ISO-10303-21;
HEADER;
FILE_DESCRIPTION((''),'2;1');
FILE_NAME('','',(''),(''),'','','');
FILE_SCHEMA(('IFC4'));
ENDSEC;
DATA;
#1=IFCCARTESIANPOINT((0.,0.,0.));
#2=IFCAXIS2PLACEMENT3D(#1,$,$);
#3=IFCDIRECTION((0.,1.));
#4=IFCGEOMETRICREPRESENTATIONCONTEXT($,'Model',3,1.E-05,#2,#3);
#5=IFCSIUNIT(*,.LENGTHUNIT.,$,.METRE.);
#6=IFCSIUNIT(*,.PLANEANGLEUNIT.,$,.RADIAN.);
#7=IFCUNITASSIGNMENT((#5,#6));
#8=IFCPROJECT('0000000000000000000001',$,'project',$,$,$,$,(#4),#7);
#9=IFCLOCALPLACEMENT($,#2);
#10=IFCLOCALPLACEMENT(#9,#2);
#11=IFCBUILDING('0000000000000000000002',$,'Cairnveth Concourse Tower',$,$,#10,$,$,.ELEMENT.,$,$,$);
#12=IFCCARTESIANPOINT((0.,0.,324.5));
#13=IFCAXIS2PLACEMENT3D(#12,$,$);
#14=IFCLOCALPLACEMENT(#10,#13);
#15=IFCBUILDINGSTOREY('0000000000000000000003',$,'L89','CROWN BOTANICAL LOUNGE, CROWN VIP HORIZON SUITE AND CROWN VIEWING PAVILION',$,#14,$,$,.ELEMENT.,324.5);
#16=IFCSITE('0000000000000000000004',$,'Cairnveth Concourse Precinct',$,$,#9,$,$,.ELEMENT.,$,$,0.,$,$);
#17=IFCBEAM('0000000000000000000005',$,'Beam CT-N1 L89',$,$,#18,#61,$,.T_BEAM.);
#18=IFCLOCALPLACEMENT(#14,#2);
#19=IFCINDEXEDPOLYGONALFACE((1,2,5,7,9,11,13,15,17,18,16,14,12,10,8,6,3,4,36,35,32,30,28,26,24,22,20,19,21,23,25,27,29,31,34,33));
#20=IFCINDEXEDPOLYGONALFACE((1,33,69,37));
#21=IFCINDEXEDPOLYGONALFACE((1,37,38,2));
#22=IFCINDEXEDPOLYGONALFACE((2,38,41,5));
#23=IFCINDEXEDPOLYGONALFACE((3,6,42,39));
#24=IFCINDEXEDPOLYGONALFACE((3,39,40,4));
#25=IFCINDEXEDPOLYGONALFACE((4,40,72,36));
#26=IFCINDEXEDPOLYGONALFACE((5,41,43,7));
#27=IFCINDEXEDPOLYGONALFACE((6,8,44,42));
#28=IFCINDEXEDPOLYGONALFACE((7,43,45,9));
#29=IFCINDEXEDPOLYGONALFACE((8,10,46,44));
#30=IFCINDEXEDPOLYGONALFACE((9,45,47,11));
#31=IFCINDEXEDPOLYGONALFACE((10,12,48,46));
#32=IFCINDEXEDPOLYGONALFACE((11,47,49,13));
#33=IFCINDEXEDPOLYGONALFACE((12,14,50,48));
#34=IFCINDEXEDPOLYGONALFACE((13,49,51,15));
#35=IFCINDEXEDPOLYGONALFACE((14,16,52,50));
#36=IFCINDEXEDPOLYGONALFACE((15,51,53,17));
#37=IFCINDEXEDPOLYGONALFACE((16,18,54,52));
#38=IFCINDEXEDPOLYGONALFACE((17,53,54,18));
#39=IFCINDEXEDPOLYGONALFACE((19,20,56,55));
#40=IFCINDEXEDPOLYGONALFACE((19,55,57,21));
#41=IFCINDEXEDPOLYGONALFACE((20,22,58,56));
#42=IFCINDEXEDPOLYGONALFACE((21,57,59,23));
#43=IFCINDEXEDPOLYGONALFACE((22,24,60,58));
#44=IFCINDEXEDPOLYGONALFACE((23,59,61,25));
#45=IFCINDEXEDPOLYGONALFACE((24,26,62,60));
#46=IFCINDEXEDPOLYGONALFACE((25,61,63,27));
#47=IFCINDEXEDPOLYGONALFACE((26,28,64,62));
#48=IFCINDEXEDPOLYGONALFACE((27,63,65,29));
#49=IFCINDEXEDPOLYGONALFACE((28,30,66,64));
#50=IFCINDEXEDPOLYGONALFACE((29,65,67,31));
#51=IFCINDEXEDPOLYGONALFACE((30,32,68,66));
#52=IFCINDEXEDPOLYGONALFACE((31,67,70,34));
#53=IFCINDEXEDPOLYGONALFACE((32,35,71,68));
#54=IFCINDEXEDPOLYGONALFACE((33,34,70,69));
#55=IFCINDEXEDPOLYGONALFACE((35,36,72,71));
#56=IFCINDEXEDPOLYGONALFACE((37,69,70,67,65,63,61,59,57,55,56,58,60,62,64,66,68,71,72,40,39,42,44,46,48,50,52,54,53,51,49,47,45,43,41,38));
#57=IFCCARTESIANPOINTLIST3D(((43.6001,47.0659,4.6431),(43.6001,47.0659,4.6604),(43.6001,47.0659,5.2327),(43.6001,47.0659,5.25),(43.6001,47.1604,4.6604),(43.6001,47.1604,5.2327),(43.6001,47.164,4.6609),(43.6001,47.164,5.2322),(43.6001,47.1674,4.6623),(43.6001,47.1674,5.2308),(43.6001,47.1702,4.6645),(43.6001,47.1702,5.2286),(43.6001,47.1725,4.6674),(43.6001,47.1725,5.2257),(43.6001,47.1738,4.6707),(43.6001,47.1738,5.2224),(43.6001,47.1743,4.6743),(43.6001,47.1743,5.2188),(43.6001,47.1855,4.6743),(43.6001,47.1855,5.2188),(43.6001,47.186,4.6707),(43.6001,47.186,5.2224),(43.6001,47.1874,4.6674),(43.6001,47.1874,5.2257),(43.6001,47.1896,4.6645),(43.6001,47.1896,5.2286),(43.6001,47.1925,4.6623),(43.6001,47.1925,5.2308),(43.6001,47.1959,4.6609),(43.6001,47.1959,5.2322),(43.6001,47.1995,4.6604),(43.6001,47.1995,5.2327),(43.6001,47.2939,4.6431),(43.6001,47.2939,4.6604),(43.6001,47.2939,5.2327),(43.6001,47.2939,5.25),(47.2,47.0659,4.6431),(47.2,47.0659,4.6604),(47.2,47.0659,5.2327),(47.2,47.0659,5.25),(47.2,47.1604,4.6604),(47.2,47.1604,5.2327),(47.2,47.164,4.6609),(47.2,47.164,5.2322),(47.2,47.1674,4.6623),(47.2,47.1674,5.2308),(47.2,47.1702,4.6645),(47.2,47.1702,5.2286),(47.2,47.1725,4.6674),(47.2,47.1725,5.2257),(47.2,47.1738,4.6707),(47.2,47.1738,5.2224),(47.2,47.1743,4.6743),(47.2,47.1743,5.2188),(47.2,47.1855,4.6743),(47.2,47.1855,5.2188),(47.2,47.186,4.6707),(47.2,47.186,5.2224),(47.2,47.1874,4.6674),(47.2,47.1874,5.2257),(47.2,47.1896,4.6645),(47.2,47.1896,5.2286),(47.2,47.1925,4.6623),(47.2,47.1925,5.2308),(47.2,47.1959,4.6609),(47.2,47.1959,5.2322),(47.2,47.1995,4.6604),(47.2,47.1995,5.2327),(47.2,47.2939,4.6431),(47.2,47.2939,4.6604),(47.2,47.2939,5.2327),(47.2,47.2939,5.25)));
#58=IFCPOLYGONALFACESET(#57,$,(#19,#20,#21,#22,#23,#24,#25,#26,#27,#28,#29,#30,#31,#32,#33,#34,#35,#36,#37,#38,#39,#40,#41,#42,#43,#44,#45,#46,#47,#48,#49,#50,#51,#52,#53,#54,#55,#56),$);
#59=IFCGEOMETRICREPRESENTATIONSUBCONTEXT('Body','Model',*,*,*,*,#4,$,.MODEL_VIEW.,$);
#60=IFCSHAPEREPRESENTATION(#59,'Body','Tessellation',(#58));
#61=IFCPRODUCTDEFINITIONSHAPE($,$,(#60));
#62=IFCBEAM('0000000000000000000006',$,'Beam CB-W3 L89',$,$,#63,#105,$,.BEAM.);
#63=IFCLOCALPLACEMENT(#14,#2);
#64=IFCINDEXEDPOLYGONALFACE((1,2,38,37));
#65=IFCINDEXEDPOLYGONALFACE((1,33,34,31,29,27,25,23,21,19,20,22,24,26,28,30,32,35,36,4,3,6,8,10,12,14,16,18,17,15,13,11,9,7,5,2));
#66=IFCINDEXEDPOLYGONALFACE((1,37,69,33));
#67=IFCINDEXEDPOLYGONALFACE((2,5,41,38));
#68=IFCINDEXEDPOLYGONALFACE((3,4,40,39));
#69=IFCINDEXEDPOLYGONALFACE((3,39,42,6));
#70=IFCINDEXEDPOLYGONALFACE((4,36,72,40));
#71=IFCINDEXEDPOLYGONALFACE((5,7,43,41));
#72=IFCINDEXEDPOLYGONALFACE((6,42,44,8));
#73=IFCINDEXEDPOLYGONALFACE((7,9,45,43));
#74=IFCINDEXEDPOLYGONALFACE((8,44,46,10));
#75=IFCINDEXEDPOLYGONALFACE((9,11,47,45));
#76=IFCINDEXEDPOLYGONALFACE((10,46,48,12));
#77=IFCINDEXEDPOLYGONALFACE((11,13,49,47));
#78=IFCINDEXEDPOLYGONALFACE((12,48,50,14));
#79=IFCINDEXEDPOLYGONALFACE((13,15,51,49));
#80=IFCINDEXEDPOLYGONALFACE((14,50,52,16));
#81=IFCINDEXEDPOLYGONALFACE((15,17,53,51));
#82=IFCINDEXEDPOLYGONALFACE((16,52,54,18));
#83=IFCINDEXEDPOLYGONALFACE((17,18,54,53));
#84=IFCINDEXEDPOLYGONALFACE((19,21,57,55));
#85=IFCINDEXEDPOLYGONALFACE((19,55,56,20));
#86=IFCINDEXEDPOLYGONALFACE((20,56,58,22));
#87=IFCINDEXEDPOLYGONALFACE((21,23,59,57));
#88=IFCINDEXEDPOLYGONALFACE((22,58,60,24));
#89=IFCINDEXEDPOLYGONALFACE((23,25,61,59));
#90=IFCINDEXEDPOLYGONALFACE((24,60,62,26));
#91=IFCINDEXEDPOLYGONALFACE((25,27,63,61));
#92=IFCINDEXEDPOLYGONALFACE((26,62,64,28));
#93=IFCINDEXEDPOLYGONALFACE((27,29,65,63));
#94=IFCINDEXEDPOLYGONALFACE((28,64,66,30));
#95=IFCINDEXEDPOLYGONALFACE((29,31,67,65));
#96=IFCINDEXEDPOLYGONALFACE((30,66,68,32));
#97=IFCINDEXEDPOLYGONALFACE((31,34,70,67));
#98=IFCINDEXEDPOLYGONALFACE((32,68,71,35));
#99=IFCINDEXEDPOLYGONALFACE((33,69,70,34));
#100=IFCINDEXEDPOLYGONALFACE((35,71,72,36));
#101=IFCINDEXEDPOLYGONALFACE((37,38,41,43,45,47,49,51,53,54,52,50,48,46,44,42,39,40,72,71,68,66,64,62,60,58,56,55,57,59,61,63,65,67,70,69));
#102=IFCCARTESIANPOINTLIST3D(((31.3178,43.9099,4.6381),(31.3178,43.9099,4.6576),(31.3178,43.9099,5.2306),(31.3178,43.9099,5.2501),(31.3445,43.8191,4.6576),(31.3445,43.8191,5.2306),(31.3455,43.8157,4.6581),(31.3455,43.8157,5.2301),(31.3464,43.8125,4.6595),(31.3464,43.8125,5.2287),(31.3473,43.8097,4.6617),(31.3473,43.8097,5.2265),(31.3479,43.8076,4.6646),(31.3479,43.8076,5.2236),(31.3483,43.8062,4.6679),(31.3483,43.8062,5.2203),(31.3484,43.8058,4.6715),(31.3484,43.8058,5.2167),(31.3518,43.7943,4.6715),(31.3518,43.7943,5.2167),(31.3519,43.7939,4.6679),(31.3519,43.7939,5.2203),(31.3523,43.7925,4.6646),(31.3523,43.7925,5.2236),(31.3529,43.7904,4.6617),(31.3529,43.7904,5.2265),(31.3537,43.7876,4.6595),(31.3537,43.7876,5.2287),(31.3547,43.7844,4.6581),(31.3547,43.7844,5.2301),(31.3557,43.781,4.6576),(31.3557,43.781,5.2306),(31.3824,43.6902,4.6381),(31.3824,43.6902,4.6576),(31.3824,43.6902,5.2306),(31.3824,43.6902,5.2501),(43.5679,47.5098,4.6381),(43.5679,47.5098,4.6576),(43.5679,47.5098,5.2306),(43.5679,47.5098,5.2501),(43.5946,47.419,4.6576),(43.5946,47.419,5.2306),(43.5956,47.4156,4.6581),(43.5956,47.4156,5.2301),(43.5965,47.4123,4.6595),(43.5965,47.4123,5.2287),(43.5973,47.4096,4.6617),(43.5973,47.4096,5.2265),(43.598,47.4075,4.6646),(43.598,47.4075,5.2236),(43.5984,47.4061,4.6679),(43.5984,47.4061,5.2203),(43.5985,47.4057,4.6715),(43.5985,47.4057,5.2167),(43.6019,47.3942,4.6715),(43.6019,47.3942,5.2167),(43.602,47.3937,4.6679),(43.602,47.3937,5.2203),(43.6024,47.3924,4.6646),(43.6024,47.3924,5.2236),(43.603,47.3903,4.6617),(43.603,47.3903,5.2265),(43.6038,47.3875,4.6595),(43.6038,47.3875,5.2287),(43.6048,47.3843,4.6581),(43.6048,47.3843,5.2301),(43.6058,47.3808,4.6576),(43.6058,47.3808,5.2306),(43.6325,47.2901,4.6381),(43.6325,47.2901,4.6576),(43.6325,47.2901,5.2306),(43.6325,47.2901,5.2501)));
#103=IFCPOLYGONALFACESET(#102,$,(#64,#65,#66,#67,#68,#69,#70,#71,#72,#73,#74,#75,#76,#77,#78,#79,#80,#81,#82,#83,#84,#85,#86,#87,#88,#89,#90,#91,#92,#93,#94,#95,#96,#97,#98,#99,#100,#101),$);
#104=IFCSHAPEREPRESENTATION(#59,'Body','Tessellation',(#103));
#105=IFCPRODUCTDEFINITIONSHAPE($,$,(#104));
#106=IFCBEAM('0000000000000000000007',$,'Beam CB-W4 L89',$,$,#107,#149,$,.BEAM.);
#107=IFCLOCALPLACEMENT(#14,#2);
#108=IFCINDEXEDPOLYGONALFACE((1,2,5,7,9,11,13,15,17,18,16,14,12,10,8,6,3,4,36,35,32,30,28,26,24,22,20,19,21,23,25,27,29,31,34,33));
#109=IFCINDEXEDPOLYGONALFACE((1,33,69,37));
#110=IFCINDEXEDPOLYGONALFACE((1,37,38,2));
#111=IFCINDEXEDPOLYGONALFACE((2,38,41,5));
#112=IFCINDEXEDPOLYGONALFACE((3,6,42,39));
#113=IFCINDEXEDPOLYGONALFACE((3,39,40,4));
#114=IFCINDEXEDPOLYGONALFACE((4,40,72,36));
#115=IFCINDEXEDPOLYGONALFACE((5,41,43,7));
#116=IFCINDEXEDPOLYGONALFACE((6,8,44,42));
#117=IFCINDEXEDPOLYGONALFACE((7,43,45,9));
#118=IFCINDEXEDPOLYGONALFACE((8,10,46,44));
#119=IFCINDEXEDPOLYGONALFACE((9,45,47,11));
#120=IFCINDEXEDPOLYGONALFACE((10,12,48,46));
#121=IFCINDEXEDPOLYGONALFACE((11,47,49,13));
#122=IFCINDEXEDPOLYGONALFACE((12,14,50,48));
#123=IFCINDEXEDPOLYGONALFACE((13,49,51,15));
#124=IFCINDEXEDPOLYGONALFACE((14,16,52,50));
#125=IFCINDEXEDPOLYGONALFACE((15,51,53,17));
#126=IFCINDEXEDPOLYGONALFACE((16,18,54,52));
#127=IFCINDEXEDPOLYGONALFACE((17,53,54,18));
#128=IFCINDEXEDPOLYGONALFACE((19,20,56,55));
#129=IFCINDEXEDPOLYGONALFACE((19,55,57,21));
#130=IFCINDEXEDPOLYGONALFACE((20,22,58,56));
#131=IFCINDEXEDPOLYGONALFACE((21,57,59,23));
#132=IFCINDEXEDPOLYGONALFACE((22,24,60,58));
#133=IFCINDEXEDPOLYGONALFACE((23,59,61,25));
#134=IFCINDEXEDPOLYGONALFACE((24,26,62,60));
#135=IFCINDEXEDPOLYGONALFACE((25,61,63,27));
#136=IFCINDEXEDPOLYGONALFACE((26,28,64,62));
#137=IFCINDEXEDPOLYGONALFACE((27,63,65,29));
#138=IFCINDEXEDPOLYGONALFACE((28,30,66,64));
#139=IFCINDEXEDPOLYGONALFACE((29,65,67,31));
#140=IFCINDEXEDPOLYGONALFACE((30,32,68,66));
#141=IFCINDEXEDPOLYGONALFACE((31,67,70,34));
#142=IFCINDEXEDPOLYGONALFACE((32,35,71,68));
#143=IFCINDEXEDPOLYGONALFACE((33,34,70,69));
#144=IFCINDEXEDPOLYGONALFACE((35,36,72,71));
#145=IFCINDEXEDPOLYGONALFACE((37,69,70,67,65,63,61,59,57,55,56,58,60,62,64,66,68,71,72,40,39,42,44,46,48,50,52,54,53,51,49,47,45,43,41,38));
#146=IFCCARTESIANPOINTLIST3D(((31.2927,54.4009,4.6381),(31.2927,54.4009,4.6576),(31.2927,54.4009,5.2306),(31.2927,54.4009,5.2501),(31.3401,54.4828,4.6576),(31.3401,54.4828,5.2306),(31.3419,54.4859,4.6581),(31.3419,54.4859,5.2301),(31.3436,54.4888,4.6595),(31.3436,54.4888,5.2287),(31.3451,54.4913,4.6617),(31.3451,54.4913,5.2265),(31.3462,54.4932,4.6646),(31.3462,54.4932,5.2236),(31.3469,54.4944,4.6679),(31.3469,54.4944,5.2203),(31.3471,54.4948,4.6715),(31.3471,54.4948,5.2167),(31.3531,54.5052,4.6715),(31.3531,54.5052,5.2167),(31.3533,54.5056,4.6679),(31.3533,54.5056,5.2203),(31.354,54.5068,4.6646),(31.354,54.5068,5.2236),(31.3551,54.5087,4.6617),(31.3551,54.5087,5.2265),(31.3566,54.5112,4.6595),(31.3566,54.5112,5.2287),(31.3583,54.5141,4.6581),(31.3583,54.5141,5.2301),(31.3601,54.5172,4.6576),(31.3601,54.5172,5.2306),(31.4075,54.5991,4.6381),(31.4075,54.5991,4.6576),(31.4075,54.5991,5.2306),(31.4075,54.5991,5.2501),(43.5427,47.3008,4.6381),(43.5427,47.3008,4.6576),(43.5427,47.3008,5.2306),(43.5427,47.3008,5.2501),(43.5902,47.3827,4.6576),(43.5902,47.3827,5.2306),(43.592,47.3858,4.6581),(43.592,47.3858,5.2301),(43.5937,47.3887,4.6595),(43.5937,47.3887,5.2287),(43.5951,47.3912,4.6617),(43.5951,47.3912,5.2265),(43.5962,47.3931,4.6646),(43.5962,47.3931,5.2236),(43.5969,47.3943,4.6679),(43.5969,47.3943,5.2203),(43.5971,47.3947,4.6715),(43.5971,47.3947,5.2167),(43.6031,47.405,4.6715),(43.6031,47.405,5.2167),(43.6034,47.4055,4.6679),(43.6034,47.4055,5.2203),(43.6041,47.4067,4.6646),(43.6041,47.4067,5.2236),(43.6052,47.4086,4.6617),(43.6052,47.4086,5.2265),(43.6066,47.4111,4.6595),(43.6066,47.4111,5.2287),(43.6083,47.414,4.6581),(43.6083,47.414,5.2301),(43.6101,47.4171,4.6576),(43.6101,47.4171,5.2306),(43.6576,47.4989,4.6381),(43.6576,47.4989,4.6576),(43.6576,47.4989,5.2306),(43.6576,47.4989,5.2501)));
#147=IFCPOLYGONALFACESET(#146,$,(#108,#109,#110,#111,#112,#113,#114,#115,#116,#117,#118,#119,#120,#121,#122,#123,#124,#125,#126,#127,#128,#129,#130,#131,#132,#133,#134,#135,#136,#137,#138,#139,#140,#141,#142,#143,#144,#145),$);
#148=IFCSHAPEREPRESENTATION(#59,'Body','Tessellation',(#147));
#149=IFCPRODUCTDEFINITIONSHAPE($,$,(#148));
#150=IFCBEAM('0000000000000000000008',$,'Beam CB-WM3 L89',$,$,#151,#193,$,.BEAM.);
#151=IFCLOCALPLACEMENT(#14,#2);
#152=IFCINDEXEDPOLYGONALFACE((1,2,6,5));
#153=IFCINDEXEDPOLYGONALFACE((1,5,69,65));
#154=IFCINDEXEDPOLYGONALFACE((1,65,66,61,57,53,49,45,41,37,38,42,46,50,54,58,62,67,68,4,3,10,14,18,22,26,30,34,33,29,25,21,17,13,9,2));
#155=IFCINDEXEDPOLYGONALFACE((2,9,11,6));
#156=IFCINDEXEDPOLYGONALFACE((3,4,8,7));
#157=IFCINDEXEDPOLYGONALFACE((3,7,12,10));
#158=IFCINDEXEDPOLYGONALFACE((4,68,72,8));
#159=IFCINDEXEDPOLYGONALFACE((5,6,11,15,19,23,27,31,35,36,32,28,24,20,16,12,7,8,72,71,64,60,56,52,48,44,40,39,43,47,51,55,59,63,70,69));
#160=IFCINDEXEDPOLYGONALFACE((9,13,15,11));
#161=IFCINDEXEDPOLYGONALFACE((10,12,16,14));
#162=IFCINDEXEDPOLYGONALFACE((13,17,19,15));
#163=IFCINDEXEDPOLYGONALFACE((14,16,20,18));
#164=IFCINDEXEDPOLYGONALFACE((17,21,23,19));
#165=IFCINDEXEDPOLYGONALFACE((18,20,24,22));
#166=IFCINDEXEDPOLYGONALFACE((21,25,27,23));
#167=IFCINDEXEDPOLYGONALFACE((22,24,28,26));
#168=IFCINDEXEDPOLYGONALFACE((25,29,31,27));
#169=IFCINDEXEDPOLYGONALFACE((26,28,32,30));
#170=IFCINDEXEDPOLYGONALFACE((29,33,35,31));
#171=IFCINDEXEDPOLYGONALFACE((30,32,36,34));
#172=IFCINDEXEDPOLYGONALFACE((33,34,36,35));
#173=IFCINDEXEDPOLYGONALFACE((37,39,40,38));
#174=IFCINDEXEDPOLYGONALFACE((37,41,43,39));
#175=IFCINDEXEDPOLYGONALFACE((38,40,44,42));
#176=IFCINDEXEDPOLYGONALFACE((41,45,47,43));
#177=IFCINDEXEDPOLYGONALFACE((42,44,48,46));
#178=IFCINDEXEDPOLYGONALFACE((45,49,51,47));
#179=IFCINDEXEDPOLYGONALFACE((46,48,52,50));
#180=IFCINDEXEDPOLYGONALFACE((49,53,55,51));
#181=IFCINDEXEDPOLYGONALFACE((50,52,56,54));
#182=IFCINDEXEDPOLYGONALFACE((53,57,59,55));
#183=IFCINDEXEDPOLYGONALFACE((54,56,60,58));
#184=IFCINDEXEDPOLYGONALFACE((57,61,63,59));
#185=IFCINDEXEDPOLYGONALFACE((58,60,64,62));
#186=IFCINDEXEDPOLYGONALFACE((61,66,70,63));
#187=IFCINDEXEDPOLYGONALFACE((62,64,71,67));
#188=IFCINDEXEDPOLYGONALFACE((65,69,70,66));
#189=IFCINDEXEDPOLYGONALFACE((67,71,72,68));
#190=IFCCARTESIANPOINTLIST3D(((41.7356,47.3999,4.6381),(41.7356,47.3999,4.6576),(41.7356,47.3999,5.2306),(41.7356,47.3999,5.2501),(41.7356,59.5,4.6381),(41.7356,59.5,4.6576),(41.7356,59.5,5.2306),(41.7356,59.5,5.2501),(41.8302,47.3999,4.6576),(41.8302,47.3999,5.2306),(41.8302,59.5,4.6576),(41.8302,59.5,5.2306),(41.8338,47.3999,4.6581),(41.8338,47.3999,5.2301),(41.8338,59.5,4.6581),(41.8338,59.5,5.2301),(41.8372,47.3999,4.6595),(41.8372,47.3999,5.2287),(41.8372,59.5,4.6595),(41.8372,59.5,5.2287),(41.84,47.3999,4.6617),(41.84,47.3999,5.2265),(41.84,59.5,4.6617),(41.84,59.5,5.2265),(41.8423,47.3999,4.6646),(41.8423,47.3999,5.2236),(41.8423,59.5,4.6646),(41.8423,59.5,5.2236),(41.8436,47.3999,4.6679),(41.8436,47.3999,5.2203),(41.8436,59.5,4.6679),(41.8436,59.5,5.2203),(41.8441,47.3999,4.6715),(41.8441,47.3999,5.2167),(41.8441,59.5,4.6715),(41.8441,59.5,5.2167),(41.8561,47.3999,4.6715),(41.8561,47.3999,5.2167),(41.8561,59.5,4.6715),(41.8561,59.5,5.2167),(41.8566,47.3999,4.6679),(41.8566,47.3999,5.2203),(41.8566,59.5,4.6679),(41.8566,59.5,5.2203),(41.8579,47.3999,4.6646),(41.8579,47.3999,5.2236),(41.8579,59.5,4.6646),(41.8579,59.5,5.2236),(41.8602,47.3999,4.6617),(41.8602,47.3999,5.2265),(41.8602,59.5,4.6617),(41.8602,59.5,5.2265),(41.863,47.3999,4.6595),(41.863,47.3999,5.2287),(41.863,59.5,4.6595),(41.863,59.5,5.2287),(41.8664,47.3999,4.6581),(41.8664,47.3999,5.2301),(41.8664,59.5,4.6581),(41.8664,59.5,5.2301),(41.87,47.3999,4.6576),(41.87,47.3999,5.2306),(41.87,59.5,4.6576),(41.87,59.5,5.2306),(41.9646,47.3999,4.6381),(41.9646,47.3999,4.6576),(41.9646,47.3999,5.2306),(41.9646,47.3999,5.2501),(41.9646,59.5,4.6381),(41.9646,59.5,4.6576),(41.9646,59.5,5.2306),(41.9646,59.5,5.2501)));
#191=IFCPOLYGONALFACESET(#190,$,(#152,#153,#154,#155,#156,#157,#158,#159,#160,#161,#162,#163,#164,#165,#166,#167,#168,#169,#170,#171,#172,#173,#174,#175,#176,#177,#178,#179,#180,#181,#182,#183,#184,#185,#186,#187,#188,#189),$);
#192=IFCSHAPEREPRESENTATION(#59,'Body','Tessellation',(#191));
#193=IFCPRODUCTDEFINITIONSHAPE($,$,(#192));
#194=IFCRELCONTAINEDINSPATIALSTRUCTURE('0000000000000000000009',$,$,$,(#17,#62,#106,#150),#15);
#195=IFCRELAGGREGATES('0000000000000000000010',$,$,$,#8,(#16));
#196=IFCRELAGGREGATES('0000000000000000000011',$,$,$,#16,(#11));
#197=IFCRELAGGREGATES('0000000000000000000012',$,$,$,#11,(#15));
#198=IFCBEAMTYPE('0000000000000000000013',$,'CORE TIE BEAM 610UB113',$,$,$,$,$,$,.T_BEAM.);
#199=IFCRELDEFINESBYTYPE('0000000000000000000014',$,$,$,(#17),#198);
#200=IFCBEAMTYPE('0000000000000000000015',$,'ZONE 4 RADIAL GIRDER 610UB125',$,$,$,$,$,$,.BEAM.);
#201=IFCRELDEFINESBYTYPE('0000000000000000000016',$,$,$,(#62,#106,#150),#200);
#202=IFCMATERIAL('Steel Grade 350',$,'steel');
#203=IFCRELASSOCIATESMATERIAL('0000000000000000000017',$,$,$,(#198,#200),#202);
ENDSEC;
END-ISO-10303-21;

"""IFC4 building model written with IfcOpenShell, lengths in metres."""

from ifc_helpers import new_model, si_unit, direction, frame, origin, origin_2d, place, context, subcontext, project, spatial, i_section, extrude, material, material_profile, profile_set, type_object, element, save


model = new_model("IFC4")

# Units and contexts
model_context = context("Model", 3, precision=1e-05, world=origin(), true_north=direction((0.0, 1.0)))
body_context = subcontext(model_context, "Body", "Model", "MODEL_VIEW")
ifc_project = project(units=[si_unit("LENGTHUNIT", "METRE"), si_unit("PLANEANGLEUNIT", "RADIAN")], contexts=[model_context])

# Site, building, storey
site_placement = place(None, origin())
site = spatial("IfcSite", under=ifc_project, at=site_placement, Name="Cairnveth Concourse Precinct", CompositionType="ELEMENT", RefElevation=0.0)
building_placement = place(site_placement, origin())
building = spatial("IfcBuilding", under=site, at=building_placement, Name="Cairnveth Concourse Tower", CompositionType="ELEMENT")
storey_placement = place(building_placement, frame((0.0, 0.0, 324.5)))
storey = spatial("IfcBuildingStorey", under=building, at=storey_placement, Name="L89", Description="CROWN BOTANICAL LOUNGE, CROWN VIP HORIZON SUITE AND CROWN VIEWING PAVILION", CompositionType="ELEMENT", Elevation=324.5)

# Shared definitions
ifc_material_1 = material(Name="Steel Grade 350", Category="steel")

# Beams
ifc_material_profile_1 = material_profile(ifc_material_1, i_section(OverallWidth=0.228, OverallDepth=0.6069, WebThickness=0.0112, FlangeThickness=0.0173, FilletRadius=0.0139, at=origin_2d()), Name="610UB113")
ifc_profile_set_1 = profile_set([ifc_material_profile_1], Name="Steel Grade 350")
beam_type_1 = type_object("IfcBeamType", Name="CORE TIE BEAM 610UB113", PredefinedType="T_BEAM", material=ifc_profile_set_1)
beam_1_placement = place(storey_placement, frame((43.6001, 47.1799, 4.9465), z_axis=(1.0, 0.0, 0.0), x_axis=(0.0, 1.0, 0.0)))
element("IfcBeam", 1, at=beam_1_placement, inside=storey, type_object=beam_type_1, Name="Beam CT-N1 L89", PredefinedType="T_BEAM", context=body_context, shape_type="SweptSolid", body=[
    extrude(i_section(OverallWidth=0.228, OverallDepth=0.6069, WebThickness=0.0112, FlangeThickness=0.0173, FilletRadius=0.0139, at=origin_2d()), origin(), (0.0, 0.0, 1.0), 3.5999),
])
ifc_material_profile_2 = material_profile(ifc_material_1, i_section(OverallWidth=0.229, OverallDepth=0.6121, WebThickness=0.012, FlangeThickness=0.0195, FilletRadius=0.0139, at=origin_2d()), Name="610UB125")
ifc_profile_set_2 = profile_set([ifc_material_profile_2], Name="Steel Grade 350")
beam_type_2 = type_object("IfcBeamType", Name="ZONE 4 RADIAL GIRDER 610UB125", PredefinedType="BEAM", material=ifc_profile_set_2)
beam_2_placement = place(storey_placement, frame((31.3501, 43.8, 4.9441), z_axis=(0.959431, 0.281944, 0.0), x_axis=(-0.281944, 0.959431, 0.0)))
element("IfcBeam", 2, at=beam_2_placement, inside=storey, type_object=beam_type_2, Name="Beam CB-W3 L89", PredefinedType="BEAM", context=body_context, shape_type="SweptSolid", body=[
    extrude(i_section(OverallWidth=0.229, OverallDepth=0.6121, WebThickness=0.012, FlangeThickness=0.0195, FilletRadius=0.0139, at=origin_2d()), origin(), (0.0, 0.0, 1.0), 12.7681),
])
beam_3_placement = place(storey_placement, frame((31.3501, 54.5, 4.9441), z_axis=(0.865181, -0.501459, 0.0), x_axis=(0.501459, 0.865181, 0.0)))
element("IfcBeam", 3, at=beam_3_placement, inside=storey, type_object=beam_type_2, Name="Beam CB-W4 L89", PredefinedType="BEAM", context=body_context, shape_type="SweptSolid", body=[
    extrude(i_section(OverallWidth=0.229, OverallDepth=0.6121, WebThickness=0.012, FlangeThickness=0.0195, FilletRadius=0.0139, at=origin_2d()), origin(), (0.0, 0.0, 1.0), 14.1589),
])
beam_4_placement = place(storey_placement, frame((41.8501, 47.3999, 4.9441), z_axis=(0.0, 1.0, 0.0), x_axis=(-1.0, 0.0, 0.0)))
element("IfcBeam", 4, at=beam_4_placement, inside=storey, type_object=beam_type_2, Name="Beam CB-WM3 L89", PredefinedType="BEAM", context=body_context, shape_type="SweptSolid", body=[
    extrude(i_section(OverallWidth=0.229, OverallDepth=0.6121, WebThickness=0.012, FlangeThickness=0.0195, FilletRadius=0.0139, at=origin_2d()), origin(), (0.0, 0.0, 1.0), 12.1001),
])

save(model, "model.ifc")
